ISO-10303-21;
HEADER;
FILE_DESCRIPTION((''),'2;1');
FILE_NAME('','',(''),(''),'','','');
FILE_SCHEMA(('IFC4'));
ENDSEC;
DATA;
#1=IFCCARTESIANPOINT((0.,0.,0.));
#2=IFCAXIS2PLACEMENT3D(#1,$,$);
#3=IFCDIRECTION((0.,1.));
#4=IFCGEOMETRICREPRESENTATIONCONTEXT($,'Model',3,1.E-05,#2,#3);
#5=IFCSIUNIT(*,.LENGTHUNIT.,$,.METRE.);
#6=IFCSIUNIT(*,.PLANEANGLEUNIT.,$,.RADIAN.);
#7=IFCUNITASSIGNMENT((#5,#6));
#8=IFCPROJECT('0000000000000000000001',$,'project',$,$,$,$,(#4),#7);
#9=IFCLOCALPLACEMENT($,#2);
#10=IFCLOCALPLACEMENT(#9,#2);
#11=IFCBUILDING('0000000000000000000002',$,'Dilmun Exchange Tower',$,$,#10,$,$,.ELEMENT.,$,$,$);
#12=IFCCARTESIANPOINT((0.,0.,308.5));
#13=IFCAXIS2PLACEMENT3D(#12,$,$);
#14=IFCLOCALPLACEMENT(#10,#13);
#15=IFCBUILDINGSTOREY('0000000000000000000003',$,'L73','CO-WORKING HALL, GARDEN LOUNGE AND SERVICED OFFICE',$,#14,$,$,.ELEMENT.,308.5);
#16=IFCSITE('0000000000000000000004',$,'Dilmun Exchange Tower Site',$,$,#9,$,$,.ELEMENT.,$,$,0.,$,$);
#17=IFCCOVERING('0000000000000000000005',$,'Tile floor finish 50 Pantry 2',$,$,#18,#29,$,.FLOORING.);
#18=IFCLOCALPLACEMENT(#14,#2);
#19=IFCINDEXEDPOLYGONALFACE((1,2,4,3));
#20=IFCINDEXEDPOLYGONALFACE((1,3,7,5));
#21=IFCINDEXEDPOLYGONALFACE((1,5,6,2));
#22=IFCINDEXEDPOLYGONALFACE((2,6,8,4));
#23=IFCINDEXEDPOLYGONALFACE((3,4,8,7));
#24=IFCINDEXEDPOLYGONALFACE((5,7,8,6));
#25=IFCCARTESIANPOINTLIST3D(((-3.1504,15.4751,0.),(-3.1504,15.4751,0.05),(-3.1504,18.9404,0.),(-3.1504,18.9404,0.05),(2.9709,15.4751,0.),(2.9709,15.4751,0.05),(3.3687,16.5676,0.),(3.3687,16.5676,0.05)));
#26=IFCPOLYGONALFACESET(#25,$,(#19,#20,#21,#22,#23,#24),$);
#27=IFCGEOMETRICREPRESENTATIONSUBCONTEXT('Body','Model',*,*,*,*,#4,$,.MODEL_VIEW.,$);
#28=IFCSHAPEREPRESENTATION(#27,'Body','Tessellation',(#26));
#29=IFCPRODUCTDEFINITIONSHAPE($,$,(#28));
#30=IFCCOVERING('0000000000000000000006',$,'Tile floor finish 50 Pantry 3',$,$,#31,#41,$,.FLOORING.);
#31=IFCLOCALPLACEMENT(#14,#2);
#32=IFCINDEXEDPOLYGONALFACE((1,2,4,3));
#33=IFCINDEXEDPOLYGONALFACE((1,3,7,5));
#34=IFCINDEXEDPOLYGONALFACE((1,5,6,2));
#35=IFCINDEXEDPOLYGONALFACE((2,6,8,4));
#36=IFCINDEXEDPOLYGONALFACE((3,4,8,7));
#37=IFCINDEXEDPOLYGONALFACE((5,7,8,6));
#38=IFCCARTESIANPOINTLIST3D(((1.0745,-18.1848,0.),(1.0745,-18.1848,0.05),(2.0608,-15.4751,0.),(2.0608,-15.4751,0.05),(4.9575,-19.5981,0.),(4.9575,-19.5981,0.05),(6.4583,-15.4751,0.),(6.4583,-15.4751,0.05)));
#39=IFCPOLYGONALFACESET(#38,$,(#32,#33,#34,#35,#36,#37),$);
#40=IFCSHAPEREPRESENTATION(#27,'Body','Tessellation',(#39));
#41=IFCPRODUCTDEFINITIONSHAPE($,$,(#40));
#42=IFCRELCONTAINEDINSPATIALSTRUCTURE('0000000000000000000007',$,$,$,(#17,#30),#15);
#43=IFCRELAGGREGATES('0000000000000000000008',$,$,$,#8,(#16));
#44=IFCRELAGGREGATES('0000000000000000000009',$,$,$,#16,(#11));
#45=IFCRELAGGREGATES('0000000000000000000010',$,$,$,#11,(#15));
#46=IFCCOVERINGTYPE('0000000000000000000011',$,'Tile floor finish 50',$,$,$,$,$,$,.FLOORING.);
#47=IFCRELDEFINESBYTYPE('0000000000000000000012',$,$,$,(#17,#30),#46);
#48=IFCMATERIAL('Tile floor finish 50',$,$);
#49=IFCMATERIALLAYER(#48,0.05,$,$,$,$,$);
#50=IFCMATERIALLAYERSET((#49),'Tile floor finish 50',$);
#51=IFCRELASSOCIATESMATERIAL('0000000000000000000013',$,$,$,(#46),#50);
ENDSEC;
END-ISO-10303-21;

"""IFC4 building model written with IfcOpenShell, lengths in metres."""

from ifc_helpers import new_model, si_unit, direction, frame, origin, place, context, subcontext, project, spatial, polyline, outline, extrude, material, layer, layer_set, type_object, element, save


model = new_model("IFC4")

# Units and contexts
model_context = context("Model", 3, precision=1e-05, world=origin(), true_north=direction((0.0, 1.0)))
body_context = subcontext(model_context, "Body", "Model", "MODEL_VIEW")
ifc_project = project(units=[si_unit("LENGTHUNIT", "METRE"), si_unit("PLANEANGLEUNIT", "RADIAN")], contexts=[model_context])

# Site, building, storey
site_placement = place(None, origin())
site = spatial("IfcSite", under=ifc_project, at=site_placement, Name="Dilmun Exchange Tower Site", CompositionType="ELEMENT", RefElevation=0.0)
building_placement = place(site_placement, origin())
building = spatial("IfcBuilding", under=site, at=building_placement, Name="Dilmun Exchange Tower", CompositionType="ELEMENT")
storey_placement = place(building_placement, frame((0.0, 0.0, 308.5)))
storey = spatial("IfcBuildingStorey", under=building, at=storey_placement, Name="L73", Description="CO-WORKING HALL, GARDEN LOUNGE AND SERVICED OFFICE", CompositionType="ELEMENT", Elevation=308.5)

# Coverings
ifc_material_1 = material(Name="Tile floor finish 50")
ifc_layer_1 = layer(ifc_material_1, 0.05)
ifc_layer_set_1 = layer_set([ifc_layer_1], Name="Tile floor finish 50")
covering_type_1 = type_object("IfcCoveringType", Name="Tile floor finish 50", PredefinedType="FLOORING", material=ifc_layer_set_1)
covering_1_placement = place(storey_placement, origin())
element("IfcCovering", 1, at=covering_1_placement, inside=storey, type_object=covering_type_1, Name="Tile floor finish 50 Pantry 2", PredefinedType="FLOORING", context=body_context, shape_type="SweptSolid", body=[
    extrude(outline(polyline([(2.9709, 15.4751), (-3.1504, 15.4751), (-3.1504, 18.9404), (3.3687, 16.5676), (2.9709, 15.4751)])), origin(), (0.0, 0.0, 1.0), 0.05),
])
covering_2_placement = place(storey_placement, origin())
element("IfcCovering", 2, at=covering_2_placement, inside=storey, type_object=covering_type_1, Name="Tile floor finish 50 Pantry 3", PredefinedType="FLOORING", context=body_context, shape_type="SweptSolid", body=[
    extrude(outline(polyline([(4.9575, -19.5981), (1.0745, -18.1848), (2.0608, -15.4751), (6.4583, -15.4751), (4.9575, -19.5981)])), origin(), (0.0, 0.0, 1.0), 0.05),
])

save(model, "model.ifc")
